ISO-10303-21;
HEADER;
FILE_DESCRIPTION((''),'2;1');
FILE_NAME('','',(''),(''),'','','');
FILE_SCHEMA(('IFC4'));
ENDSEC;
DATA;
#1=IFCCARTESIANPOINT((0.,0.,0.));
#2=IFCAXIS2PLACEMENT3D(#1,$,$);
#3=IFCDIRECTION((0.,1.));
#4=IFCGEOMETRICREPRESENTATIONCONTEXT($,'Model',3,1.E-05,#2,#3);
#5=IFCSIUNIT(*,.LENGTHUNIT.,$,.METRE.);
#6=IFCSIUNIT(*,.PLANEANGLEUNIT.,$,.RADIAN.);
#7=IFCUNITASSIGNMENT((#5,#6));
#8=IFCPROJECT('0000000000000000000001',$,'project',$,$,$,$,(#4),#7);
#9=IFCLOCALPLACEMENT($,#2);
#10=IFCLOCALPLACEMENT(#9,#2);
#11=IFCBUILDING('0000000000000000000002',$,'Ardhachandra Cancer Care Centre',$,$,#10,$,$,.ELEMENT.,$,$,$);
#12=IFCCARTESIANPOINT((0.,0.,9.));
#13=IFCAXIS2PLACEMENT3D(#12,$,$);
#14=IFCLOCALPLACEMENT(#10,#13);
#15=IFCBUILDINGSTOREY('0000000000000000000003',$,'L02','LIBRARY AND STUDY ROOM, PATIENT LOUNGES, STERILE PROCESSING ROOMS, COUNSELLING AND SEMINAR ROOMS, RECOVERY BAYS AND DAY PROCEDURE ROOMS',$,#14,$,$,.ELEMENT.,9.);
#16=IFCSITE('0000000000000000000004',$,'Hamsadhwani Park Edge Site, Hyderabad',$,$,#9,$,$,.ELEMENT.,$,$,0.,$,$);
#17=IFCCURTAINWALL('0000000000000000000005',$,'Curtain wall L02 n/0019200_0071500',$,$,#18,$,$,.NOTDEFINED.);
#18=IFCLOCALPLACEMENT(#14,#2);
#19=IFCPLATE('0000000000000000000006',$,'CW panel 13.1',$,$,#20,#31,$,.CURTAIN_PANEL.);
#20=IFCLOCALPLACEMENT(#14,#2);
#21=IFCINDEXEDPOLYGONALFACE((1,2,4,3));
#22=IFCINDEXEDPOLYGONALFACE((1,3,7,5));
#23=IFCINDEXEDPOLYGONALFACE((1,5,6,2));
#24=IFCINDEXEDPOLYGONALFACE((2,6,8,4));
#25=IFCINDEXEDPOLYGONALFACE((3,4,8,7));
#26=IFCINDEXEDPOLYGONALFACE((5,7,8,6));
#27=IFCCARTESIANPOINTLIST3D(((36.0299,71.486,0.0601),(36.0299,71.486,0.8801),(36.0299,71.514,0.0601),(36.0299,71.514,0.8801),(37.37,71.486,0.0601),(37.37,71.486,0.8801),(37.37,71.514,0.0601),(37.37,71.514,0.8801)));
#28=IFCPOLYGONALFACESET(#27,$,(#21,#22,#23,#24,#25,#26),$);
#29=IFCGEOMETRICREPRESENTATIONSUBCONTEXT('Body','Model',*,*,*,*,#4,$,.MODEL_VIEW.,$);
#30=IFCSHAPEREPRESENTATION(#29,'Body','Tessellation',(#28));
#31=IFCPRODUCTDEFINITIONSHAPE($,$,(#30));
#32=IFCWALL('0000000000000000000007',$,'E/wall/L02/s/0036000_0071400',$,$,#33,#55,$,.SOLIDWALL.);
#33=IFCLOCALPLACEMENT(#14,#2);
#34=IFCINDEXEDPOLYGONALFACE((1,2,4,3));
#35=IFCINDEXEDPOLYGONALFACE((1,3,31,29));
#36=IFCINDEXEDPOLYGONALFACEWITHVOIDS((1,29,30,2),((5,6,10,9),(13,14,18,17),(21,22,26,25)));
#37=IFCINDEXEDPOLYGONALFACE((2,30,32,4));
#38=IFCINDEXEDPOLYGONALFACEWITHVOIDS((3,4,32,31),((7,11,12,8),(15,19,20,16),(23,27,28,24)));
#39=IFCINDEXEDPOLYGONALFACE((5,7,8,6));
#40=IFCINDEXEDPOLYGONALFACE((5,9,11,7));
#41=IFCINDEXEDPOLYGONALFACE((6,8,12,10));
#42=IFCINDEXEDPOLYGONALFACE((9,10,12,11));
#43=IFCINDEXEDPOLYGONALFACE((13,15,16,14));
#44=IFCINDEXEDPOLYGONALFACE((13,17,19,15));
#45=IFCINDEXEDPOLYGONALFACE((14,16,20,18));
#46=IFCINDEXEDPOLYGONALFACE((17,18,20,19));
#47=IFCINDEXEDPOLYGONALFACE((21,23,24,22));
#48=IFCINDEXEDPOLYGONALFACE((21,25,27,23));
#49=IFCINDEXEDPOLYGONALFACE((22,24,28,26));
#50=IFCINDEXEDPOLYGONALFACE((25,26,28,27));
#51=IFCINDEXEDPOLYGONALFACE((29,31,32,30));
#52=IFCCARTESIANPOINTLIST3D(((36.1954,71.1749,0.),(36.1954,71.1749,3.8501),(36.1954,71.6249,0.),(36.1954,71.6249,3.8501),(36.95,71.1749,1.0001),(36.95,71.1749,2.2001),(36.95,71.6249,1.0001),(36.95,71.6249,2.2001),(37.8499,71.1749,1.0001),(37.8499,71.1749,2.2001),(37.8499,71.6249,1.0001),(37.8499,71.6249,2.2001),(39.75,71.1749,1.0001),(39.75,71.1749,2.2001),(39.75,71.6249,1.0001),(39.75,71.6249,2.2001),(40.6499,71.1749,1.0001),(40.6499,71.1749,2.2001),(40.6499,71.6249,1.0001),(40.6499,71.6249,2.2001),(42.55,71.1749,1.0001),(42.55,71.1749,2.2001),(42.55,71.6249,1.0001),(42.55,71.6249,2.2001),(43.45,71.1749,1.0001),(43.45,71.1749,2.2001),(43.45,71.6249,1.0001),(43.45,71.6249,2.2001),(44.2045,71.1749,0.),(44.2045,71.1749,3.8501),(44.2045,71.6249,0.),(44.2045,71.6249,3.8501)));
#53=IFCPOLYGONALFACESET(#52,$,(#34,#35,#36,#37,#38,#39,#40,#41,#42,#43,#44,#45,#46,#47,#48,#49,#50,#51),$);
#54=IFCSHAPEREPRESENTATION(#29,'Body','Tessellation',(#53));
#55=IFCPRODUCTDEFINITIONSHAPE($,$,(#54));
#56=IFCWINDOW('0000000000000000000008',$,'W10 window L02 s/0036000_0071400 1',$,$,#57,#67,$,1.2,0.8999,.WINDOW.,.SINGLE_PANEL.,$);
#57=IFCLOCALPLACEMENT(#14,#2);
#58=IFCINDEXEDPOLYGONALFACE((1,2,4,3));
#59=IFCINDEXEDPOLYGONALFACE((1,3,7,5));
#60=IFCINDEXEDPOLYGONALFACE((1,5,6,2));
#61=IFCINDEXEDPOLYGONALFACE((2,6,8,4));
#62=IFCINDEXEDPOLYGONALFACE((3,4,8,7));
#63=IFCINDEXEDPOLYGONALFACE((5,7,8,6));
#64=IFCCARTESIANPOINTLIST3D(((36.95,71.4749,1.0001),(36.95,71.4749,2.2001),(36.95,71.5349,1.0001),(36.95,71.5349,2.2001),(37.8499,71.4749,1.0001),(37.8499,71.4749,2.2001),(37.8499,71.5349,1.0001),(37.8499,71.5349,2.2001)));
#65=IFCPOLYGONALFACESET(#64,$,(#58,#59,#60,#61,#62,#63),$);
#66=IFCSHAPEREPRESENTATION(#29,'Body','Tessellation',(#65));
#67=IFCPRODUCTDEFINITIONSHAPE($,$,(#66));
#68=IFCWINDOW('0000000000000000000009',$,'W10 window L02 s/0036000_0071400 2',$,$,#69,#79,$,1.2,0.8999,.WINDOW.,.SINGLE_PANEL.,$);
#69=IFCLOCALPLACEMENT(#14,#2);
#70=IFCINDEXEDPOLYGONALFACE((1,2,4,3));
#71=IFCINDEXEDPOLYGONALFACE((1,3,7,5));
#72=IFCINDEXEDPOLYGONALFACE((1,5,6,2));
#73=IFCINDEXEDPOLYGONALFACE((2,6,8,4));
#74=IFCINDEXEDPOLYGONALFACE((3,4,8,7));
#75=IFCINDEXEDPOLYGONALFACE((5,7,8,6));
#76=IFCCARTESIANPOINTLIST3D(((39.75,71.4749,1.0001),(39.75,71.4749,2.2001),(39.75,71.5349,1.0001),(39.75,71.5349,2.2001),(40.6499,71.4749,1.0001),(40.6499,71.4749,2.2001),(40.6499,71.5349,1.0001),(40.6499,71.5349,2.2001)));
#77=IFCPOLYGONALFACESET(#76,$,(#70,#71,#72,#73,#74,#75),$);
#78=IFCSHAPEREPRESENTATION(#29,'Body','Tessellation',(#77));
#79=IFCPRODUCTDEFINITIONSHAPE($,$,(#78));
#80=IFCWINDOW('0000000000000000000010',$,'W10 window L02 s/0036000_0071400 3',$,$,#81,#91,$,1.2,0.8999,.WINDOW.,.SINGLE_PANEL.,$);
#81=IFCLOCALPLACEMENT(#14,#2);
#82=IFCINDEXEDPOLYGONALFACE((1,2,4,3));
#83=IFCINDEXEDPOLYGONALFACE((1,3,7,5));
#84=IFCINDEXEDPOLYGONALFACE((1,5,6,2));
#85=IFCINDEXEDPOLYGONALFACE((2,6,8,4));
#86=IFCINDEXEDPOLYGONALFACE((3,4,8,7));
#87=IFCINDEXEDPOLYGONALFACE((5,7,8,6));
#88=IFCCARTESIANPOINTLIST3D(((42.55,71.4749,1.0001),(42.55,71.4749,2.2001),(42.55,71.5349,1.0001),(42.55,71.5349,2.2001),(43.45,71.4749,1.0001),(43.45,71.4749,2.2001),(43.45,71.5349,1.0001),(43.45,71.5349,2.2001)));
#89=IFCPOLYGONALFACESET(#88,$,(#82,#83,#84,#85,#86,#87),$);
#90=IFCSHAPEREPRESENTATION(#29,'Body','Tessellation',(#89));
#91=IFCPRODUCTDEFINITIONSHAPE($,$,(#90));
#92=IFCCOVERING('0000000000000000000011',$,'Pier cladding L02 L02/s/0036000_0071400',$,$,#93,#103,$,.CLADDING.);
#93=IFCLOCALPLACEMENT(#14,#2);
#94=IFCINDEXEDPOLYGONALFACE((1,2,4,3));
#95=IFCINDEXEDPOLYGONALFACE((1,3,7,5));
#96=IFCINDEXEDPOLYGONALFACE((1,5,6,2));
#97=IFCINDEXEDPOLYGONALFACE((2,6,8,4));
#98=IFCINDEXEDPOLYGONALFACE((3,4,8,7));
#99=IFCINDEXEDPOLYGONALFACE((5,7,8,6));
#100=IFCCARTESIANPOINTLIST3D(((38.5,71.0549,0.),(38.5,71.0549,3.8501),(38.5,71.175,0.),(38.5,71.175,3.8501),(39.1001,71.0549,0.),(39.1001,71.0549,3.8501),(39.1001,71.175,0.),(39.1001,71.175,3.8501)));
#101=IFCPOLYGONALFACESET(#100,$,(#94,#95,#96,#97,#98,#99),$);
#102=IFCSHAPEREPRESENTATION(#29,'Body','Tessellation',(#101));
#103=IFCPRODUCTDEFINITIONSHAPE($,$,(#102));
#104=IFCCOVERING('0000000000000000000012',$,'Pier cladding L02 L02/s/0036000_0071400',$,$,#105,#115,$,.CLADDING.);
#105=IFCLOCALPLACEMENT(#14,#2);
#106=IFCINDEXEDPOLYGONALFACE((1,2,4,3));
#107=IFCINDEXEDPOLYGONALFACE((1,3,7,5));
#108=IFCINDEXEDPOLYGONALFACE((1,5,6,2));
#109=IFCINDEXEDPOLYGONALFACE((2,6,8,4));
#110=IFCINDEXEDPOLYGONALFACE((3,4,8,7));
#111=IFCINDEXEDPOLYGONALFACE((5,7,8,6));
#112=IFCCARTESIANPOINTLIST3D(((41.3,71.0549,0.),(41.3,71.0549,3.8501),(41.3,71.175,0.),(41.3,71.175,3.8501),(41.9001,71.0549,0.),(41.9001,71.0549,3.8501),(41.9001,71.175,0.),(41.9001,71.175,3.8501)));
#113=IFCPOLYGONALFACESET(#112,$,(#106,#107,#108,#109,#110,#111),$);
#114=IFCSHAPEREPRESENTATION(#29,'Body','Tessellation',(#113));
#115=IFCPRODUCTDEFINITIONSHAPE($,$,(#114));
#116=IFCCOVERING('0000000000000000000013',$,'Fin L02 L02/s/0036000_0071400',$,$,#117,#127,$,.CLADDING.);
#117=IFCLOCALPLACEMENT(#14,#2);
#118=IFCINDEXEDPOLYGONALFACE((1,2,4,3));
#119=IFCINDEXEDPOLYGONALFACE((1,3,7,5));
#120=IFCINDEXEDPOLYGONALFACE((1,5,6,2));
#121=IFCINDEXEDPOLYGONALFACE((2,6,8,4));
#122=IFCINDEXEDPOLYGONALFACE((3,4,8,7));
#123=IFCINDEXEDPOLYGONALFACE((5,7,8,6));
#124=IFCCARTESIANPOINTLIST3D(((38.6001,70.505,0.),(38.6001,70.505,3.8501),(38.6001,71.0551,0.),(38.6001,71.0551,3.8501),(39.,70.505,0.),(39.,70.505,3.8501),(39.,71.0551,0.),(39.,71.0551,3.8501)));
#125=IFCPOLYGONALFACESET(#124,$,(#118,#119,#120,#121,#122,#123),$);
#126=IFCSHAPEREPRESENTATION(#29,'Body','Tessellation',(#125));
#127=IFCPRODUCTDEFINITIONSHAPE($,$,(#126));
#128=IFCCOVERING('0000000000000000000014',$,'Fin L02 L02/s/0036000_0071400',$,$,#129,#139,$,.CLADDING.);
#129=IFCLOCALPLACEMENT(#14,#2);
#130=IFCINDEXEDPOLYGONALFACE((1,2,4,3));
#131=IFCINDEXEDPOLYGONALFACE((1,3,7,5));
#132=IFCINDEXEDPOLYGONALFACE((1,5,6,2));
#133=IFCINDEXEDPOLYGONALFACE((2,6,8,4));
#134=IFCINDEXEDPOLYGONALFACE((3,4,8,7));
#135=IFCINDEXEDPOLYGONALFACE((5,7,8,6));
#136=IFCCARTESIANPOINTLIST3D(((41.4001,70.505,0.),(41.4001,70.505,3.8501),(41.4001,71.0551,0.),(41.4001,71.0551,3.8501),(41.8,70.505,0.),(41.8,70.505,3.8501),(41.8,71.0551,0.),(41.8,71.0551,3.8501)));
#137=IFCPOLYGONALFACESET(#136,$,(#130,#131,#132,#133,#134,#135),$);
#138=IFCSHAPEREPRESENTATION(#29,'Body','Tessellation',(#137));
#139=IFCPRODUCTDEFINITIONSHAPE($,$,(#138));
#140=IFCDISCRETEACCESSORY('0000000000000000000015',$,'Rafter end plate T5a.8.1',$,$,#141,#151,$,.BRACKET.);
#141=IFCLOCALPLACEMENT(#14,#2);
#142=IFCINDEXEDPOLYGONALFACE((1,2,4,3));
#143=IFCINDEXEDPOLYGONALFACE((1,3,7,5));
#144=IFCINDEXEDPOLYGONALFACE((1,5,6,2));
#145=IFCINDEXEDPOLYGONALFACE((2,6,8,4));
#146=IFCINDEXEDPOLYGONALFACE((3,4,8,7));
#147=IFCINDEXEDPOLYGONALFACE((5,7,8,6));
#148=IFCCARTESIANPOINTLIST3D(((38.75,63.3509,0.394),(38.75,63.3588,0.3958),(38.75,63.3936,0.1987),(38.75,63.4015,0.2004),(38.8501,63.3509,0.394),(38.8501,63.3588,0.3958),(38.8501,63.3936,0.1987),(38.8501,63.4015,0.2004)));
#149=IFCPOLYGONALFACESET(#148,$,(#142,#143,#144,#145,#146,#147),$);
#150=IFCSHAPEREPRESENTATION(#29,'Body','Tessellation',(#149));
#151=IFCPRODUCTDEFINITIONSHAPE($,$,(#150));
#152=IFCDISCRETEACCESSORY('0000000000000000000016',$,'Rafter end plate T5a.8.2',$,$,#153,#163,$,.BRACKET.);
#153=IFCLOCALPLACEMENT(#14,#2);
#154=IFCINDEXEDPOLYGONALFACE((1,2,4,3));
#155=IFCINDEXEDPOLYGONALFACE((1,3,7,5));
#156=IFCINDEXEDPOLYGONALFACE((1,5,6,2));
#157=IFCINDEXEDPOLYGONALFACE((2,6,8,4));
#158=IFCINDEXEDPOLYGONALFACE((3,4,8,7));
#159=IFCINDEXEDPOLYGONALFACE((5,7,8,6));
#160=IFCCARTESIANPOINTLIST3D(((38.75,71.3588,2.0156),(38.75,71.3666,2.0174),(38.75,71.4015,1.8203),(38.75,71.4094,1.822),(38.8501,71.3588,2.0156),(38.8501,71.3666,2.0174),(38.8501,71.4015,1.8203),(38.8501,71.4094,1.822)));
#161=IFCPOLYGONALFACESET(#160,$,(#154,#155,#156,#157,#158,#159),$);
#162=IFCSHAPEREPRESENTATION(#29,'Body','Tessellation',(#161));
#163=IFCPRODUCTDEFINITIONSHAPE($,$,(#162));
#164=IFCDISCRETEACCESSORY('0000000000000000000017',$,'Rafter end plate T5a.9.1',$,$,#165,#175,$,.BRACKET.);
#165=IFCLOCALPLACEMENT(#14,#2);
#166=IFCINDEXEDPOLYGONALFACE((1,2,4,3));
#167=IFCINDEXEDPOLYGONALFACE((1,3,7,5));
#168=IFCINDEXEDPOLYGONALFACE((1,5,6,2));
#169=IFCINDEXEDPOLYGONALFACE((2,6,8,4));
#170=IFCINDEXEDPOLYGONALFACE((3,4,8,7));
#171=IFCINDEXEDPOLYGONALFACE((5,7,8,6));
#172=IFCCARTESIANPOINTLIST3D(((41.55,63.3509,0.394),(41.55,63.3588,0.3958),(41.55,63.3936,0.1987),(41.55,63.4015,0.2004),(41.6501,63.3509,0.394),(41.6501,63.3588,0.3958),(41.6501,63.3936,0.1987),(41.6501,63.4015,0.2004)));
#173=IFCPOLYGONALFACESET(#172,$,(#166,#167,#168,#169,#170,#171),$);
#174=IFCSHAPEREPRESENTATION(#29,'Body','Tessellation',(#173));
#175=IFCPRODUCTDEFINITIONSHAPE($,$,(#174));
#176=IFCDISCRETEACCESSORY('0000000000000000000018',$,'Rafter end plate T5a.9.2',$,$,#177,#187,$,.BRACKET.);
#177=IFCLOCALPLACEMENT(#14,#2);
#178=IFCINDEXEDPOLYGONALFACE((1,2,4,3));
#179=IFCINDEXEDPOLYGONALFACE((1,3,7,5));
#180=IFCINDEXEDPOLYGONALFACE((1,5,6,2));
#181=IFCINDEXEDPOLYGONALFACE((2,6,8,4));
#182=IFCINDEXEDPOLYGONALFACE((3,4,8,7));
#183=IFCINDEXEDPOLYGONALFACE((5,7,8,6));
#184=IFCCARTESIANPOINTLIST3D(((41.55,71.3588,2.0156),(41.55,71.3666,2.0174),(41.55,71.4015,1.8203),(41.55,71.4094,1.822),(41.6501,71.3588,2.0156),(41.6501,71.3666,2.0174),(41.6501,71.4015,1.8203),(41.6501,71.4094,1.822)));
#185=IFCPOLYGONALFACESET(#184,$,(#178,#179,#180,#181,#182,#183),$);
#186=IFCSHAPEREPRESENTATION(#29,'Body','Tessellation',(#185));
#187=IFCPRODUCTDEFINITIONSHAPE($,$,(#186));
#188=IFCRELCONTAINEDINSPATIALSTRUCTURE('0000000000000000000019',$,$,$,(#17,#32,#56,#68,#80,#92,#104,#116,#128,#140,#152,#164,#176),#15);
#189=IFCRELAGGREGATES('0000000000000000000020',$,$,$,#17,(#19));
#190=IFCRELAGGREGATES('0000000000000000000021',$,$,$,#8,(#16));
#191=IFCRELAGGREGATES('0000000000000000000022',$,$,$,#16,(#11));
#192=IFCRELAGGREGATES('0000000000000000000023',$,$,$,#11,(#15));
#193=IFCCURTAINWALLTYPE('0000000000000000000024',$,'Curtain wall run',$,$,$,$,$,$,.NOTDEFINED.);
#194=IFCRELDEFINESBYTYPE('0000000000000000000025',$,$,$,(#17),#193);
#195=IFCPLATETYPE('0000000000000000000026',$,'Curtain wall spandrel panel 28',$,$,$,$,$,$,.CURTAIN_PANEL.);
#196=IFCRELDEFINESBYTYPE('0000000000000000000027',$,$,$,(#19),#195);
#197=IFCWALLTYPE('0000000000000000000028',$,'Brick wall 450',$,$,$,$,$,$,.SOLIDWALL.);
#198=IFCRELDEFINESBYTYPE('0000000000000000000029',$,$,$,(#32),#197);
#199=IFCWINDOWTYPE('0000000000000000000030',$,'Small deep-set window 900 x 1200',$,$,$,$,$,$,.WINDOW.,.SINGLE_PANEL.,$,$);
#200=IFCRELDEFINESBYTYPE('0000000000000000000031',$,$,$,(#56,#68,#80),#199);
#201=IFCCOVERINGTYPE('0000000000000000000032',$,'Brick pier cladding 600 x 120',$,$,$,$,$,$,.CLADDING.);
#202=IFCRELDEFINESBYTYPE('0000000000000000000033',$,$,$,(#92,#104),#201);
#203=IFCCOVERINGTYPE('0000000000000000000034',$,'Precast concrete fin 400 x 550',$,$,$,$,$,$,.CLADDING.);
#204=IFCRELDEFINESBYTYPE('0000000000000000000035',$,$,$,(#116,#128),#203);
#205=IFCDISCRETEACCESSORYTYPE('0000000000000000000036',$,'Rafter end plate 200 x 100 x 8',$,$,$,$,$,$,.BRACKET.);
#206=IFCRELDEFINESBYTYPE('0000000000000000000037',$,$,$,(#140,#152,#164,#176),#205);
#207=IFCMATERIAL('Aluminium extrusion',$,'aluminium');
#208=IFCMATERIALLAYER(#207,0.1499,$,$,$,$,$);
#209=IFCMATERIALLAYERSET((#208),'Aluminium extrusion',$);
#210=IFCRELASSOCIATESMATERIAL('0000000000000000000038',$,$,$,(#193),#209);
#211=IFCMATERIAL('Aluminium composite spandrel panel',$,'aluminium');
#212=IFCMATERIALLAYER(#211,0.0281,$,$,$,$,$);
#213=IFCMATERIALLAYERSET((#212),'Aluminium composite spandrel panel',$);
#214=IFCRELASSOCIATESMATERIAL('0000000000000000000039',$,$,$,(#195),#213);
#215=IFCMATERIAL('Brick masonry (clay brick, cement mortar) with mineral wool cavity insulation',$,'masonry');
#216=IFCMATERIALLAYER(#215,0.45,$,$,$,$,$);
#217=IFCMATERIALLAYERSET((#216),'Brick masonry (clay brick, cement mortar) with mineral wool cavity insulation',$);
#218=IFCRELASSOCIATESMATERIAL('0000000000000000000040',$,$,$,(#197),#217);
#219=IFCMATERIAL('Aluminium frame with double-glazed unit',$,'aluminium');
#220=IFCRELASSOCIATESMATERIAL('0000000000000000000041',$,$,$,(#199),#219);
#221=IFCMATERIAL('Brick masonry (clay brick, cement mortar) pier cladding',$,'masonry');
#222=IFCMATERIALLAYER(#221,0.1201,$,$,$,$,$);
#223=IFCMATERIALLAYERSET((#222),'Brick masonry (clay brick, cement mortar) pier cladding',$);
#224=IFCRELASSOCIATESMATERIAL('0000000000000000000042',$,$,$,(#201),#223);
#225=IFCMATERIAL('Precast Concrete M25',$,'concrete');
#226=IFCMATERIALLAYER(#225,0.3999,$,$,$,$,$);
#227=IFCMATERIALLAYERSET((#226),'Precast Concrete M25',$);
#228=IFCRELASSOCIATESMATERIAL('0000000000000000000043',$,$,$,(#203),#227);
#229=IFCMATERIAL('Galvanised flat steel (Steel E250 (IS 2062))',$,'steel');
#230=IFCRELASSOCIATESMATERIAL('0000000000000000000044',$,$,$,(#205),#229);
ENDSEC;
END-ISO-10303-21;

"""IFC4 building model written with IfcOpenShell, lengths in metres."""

from ifc_helpers import new_model, si_unit, direction, frame, frame_2d, origin, origin_2d, place, context, subcontext, project, spatial, rectangle, extrude, material, layer, layer_set, material_profile, profile_set, type_object, element, fill, aggregate, save


model = new_model("IFC4")

# Units and contexts
model_context = context("Model", 3, precision=1e-05, world=origin(), true_north=direction((0.0, 1.0)))
body_context = subcontext(model_context, "Body", "Model", "MODEL_VIEW")
ifc_project = project(units=[si_unit("LENGTHUNIT", "METRE"), si_unit("PLANEANGLEUNIT", "RADIAN")], contexts=[model_context])

# Site, building, storey
site_placement = place(None, origin())
site = spatial("IfcSite", under=ifc_project, at=site_placement, Name="Hamsadhwani Park Edge Site, Hyderabad", CompositionType="ELEMENT", RefElevation=0.0)
building_placement = place(site_placement, origin())
building = spatial("IfcBuilding", under=site, at=building_placement, Name="Ardhachandra Cancer Care Centre", CompositionType="ELEMENT")
storey_placement = place(building_placement, frame((0.0, 0.0, 9.0)))
storey = spatial("IfcBuildingStorey", under=building, at=storey_placement, Name="L02", Description="LIBRARY AND STUDY ROOM, PATIENT LOUNGES, STERILE PROCESSING ROOMS, COUNSELLING AND SEMINAR ROOMS, RECOVERY BAYS AND DAY PROCEDURE ROOMS", CompositionType="ELEMENT", Elevation=9.0)

# Shared definitions
ifc_material_1 = material(Name="Aluminium extrusion", Category="aluminium")
ifc_layer_1 = layer(ifc_material_1, 0.1499)
ifc_layer_set_1 = layer_set([ifc_layer_1], Name="Aluminium extrusion")
curtain_wall_type = type_object("IfcCurtainWallType", Name="Curtain wall run", PredefinedType="NOTDEFINED", material=ifc_layer_set_1)

# Shared definitions
ifc_material_2 = material(Name="Aluminium composite spandrel panel", Category="aluminium")
ifc_layer_2 = layer(ifc_material_2, 0.0281)
ifc_layer_set_2 = layer_set([ifc_layer_2], Name="Aluminium composite spandrel panel")
plate_type_1 = type_object("IfcPlateType", Name="Curtain wall spandrel panel 28", PredefinedType="CURTAIN_PANEL", material=ifc_layer_set_2)

# Curtain wall, plate
curtain_wall_1_placement = place(storey_placement, origin())
curtain_wall_1 = element("IfcCurtainWall", 1, at=curtain_wall_1_placement, inside=storey, type_object=curtain_wall_type, Name="Curtain wall L02 n/0019200_0071500", PredefinedType="NOTDEFINED")
plate_1_placement = place(storey_placement, frame((36.7, 71.5, 0.0601), z_axis=(0.0, 0.0, 1.0), x_axis=(1.0, 0.0, 0.0)))
plate_1 = element("IfcPlate", 2, at=plate_1_placement, type_object=plate_type_1, Name="CW panel 13.1", PredefinedType="CURTAIN_PANEL", context=body_context, shape_type="SweptSolid", body=[
    extrude(rectangle(XDim=1.3401, YDim=0.0281, at=origin_2d()), origin(), (0.0, 0.0, 1.0), 0.8201),
])
aggregate(curtain_wall_1, [plate_1])

# Wall, openings, windows
ifc_material_3 = material(Name="Brick masonry (clay brick, cement mortar) with mineral wool cavity insulation", Category="masonry")
ifc_layer_3 = layer(ifc_material_3, 0.45)
ifc_layer_set_3 = layer_set([ifc_layer_3], Name="Brick masonry (clay brick, cement mortar) with mineral wool cavity insulation")
wall_type = type_object("IfcWallType", Name="Brick wall 450", PredefinedType="SOLIDWALL", material=ifc_layer_set_3)
wall_placement = place(storey_placement, frame((36.1956, 71.3999, 0.0), z_axis=(0.0, 0.0, 1.0), x_axis=(1.0, 0.0, 0.0)))
wall = element("IfcWall", 3, at=wall_placement, inside=storey, type_object=wall_type, Name="E/wall/L02/s/0036000_0071400", PredefinedType="SOLIDWALL", context=body_context, shape_type="SweptSolid", body=[
    extrude(rectangle(XDim=8.009, YDim=0.45, at=frame_2d((4.0044, 0.0))), origin(), (0.0, 0.0, 1.0), 3.8501),
])
opening_1_placement = place(wall_placement, frame((0.7544, 0.0, 1.0)))
opening_1 = element("IfcOpeningElement", 4, at=opening_1_placement, cuts=wall, PredefinedType="OPENING", context=body_context, shape_type="SweptSolid", body=[
    extrude(rectangle(XDim=0.8999, YDim=1.2, at=frame_2d((0.45, 0.6001))), frame((0.0, 0.2349, 0.0), z_axis=(0.0, -1.0, 0.0), x_axis=(1.0, 0.0, 0.0)), (0.0, 0.0, 1.0), 0.47),
])
opening_2_placement = place(wall_placement, frame((3.5544, 0.0, 1.0)))
opening_2 = element("IfcOpeningElement", 5, at=opening_2_placement, cuts=wall, PredefinedType="OPENING", context=body_context, shape_type="SweptSolid", body=[
    extrude(rectangle(XDim=0.8999, YDim=1.2, at=frame_2d((0.45, 0.6001))), frame((0.0, 0.2349, 0.0), z_axis=(0.0, -1.0, 0.0), x_axis=(1.0, 0.0, 0.0)), (0.0, 0.0, 1.0), 0.47),
])
opening_3_placement = place(wall_placement, frame((6.3545, 0.0, 1.0)))
opening_3 = element("IfcOpeningElement", 6, at=opening_3_placement, cuts=wall, PredefinedType="OPENING", context=body_context, shape_type="SweptSolid", body=[
    extrude(rectangle(XDim=0.8999, YDim=1.2, at=frame_2d((0.45, 0.6001))), frame((0.0, 0.2349, 0.0), z_axis=(0.0, -1.0, 0.0), x_axis=(1.0, 0.0, 0.0)), (0.0, 0.0, 1.0), 0.47),
])
ifc_material_4 = material(Name="Aluminium frame with double-glazed unit", Category="aluminium")
window_type = type_object("IfcWindowType", Name="Small deep-set window 900 x 1200", PartitioningType="SINGLE_PANEL", PredefinedType="WINDOW", material=ifc_material_4)
window_1_placement = place(opening_1_placement, origin())
window_1 = element("IfcWindow", 7, at=window_1_placement, inside=storey, type_object=window_type, Name="W10 window L02 s/0036000_0071400 1", OverallHeight=1.2, OverallWidth=0.8999, PartitioningType="SINGLE_PANEL", PredefinedType="WINDOW", context=body_context, shape_type="SweptSolid", body=[
    extrude(rectangle(XDim=0.8999, YDim=1.2, at=frame_2d((0.45, 0.6001))), frame((0.0, 0.135, 0.0), z_axis=(0.0, -1.0, 0.0), x_axis=(1.0, 0.0, 0.0)), (0.0, 0.0, 1.0), 0.0601),
])
fill(opening_1, window_1)
window_2_placement = place(opening_2_placement, origin())
window_2 = element("IfcWindow", 8, at=window_2_placement, inside=storey, type_object=window_type, Name="W10 window L02 s/0036000_0071400 2", OverallHeight=1.2, OverallWidth=0.8999, PartitioningType="SINGLE_PANEL", PredefinedType="WINDOW", context=body_context, shape_type="SweptSolid", body=[
    extrude(rectangle(XDim=0.8999, YDim=1.2, at=frame_2d((0.45, 0.6001))), frame((0.0, 0.135, 0.0), z_axis=(0.0, -1.0, 0.0), x_axis=(1.0, 0.0, 0.0)), (0.0, 0.0, 1.0), 0.0601),
])
fill(opening_2, window_2)
window_3_placement = place(opening_3_placement, origin())
window_3 = element("IfcWindow", 9, at=window_3_placement, inside=storey, type_object=window_type, Name="W10 window L02 s/0036000_0071400 3", OverallHeight=1.2, OverallWidth=0.8999, PartitioningType="SINGLE_PANEL", PredefinedType="WINDOW", context=body_context, shape_type="SweptSolid", body=[
    extrude(rectangle(XDim=0.8999, YDim=1.2, at=frame_2d((0.45, 0.6001))), frame((0.0, 0.135, 0.0), z_axis=(0.0, -1.0, 0.0), x_axis=(1.0, 0.0, 0.0)), (0.0, 0.0, 1.0), 0.0601),
])
fill(opening_3, window_3)

# Coverings
ifc_material_5 = material(Name="Brick masonry (clay brick, cement mortar) pier cladding", Category="masonry")
ifc_layer_4 = layer(ifc_material_5, 0.1201)
ifc_layer_set_4 = layer_set([ifc_layer_4], Name="Brick masonry (clay brick, cement mortar) pier cladding")
covering_type_1 = type_object("IfcCoveringType", Name="Brick pier cladding 600 x 120", PredefinedType="CLADDING", material=ifc_layer_set_4)
for number, where, z_axis, x_axis, name in (
    (10, (38.8, 71.115, 0.0), (0.0, 0.0, 1.0), (1.0, 0.0, 0.0), "Pier cladding L02 L02/s/0036000_0071400"),
    (11, (41.6001, 71.115, 0.0), (0.0, 0.0, 1.0), (1.0, 0.0, 0.0), "Pier cladding L02 L02/s/0036000_0071400"),
):
    element("IfcCovering", number, at=place(storey_placement, frame(where, z_axis=z_axis, x_axis=x_axis)), inside=storey, type_object=covering_type_1, Name=name, PredefinedType="CLADDING", context=body_context, shape_type="SweptSolid", body=[
        extrude(rectangle(XDim=0.6001, YDim=0.1201, at=origin_2d()), origin(), (0.0, 0.0, 1.0), 3.8501),
    ])
ifc_material_6 = material(Name="Precast Concrete M25", Category="concrete")
ifc_layer_5 = layer(ifc_material_6, 0.3999)
ifc_layer_set_5 = layer_set([ifc_layer_5], Name="Precast Concrete M25")
covering_type_2 = type_object("IfcCoveringType", Name="Precast concrete fin 400 x 550", PredefinedType="CLADDING", material=ifc_layer_set_5)
for number, where, z_axis, x_axis, name in (
    (12, (38.8, 70.78, 0.0), (0.0, 0.0, 1.0), (1.0, 0.0, 0.0), "Fin L02 L02/s/0036000_0071400"),
    (13, (41.6001, 70.78, 0.0), (0.0, 0.0, 1.0), (1.0, 0.0, 0.0), "Fin L02 L02/s/0036000_0071400"),
):
    element("IfcCovering", number, at=place(storey_placement, frame(where, z_axis=z_axis, x_axis=x_axis)), inside=storey, type_object=covering_type_2, Name=name, PredefinedType="CLADDING", context=body_context, shape_type="SweptSolid", body=[
        extrude(rectangle(XDim=0.3999, YDim=0.55, at=origin_2d()), origin(), (0.0, 0.0, 1.0), 3.8501),
    ])

# Discrete accessories
ifc_material_7 = material(Name="Galvanised flat steel (Steel E250 (IS 2062))", Category="steel")
ifc_material_profile_1 = material_profile(ifc_material_7, rectangle(XDim=0.1001, YDim=0.2, at=origin_2d()), Name="Rafter end plate 200 x 100 x 8")
ifc_profile_set_1 = profile_set([ifc_material_profile_1], Name="Galvanised flat steel (Steel E250 (IS 2062))")
discrete_accessory_type_1 = type_object("IfcDiscreteAccessoryType", Name="Rafter end plate 200 x 100 x 8", PredefinedType="BRACKET", material=ifc_profile_set_1)
for number, where, z_axis, x_axis, name in (
    (14, (38.8, 63.3801, 0.2981), (0.0, -0.9769, -0.213697), (1.0, 0.0, 0.0), "Rafter end plate T5a.8.1"),
    (15, (38.8, 71.3801, 1.918), (0.0, 0.9769, 0.213697), (-1.0, 0.0, 0.0), "Rafter end plate T5a.8.2"),
    (16, (41.6001, 63.3801, 0.2981), (0.0, -0.9769, -0.213697), (1.0, 0.0, 0.0), "Rafter end plate T5a.9.1"),
    (17, (41.6001, 71.3801, 1.918), (0.0, 0.9769, 0.213697), (-1.0, 0.0, 0.0), "Rafter end plate T5a.9.2"),
):
    element("IfcDiscreteAccessory", number, at=place(storey_placement, frame(where, z_axis=z_axis, x_axis=x_axis)), inside=storey, type_object=discrete_accessory_type_1, Name=name, PredefinedType="BRACKET", context=body_context, shape_type="SweptSolid", body=[
        extrude(rectangle(XDim=0.1001, YDim=0.2, at=origin_2d()), origin(), (0.0, 0.0, 1.0), 0.0081),
    ])

save(model, "model.ifc")
